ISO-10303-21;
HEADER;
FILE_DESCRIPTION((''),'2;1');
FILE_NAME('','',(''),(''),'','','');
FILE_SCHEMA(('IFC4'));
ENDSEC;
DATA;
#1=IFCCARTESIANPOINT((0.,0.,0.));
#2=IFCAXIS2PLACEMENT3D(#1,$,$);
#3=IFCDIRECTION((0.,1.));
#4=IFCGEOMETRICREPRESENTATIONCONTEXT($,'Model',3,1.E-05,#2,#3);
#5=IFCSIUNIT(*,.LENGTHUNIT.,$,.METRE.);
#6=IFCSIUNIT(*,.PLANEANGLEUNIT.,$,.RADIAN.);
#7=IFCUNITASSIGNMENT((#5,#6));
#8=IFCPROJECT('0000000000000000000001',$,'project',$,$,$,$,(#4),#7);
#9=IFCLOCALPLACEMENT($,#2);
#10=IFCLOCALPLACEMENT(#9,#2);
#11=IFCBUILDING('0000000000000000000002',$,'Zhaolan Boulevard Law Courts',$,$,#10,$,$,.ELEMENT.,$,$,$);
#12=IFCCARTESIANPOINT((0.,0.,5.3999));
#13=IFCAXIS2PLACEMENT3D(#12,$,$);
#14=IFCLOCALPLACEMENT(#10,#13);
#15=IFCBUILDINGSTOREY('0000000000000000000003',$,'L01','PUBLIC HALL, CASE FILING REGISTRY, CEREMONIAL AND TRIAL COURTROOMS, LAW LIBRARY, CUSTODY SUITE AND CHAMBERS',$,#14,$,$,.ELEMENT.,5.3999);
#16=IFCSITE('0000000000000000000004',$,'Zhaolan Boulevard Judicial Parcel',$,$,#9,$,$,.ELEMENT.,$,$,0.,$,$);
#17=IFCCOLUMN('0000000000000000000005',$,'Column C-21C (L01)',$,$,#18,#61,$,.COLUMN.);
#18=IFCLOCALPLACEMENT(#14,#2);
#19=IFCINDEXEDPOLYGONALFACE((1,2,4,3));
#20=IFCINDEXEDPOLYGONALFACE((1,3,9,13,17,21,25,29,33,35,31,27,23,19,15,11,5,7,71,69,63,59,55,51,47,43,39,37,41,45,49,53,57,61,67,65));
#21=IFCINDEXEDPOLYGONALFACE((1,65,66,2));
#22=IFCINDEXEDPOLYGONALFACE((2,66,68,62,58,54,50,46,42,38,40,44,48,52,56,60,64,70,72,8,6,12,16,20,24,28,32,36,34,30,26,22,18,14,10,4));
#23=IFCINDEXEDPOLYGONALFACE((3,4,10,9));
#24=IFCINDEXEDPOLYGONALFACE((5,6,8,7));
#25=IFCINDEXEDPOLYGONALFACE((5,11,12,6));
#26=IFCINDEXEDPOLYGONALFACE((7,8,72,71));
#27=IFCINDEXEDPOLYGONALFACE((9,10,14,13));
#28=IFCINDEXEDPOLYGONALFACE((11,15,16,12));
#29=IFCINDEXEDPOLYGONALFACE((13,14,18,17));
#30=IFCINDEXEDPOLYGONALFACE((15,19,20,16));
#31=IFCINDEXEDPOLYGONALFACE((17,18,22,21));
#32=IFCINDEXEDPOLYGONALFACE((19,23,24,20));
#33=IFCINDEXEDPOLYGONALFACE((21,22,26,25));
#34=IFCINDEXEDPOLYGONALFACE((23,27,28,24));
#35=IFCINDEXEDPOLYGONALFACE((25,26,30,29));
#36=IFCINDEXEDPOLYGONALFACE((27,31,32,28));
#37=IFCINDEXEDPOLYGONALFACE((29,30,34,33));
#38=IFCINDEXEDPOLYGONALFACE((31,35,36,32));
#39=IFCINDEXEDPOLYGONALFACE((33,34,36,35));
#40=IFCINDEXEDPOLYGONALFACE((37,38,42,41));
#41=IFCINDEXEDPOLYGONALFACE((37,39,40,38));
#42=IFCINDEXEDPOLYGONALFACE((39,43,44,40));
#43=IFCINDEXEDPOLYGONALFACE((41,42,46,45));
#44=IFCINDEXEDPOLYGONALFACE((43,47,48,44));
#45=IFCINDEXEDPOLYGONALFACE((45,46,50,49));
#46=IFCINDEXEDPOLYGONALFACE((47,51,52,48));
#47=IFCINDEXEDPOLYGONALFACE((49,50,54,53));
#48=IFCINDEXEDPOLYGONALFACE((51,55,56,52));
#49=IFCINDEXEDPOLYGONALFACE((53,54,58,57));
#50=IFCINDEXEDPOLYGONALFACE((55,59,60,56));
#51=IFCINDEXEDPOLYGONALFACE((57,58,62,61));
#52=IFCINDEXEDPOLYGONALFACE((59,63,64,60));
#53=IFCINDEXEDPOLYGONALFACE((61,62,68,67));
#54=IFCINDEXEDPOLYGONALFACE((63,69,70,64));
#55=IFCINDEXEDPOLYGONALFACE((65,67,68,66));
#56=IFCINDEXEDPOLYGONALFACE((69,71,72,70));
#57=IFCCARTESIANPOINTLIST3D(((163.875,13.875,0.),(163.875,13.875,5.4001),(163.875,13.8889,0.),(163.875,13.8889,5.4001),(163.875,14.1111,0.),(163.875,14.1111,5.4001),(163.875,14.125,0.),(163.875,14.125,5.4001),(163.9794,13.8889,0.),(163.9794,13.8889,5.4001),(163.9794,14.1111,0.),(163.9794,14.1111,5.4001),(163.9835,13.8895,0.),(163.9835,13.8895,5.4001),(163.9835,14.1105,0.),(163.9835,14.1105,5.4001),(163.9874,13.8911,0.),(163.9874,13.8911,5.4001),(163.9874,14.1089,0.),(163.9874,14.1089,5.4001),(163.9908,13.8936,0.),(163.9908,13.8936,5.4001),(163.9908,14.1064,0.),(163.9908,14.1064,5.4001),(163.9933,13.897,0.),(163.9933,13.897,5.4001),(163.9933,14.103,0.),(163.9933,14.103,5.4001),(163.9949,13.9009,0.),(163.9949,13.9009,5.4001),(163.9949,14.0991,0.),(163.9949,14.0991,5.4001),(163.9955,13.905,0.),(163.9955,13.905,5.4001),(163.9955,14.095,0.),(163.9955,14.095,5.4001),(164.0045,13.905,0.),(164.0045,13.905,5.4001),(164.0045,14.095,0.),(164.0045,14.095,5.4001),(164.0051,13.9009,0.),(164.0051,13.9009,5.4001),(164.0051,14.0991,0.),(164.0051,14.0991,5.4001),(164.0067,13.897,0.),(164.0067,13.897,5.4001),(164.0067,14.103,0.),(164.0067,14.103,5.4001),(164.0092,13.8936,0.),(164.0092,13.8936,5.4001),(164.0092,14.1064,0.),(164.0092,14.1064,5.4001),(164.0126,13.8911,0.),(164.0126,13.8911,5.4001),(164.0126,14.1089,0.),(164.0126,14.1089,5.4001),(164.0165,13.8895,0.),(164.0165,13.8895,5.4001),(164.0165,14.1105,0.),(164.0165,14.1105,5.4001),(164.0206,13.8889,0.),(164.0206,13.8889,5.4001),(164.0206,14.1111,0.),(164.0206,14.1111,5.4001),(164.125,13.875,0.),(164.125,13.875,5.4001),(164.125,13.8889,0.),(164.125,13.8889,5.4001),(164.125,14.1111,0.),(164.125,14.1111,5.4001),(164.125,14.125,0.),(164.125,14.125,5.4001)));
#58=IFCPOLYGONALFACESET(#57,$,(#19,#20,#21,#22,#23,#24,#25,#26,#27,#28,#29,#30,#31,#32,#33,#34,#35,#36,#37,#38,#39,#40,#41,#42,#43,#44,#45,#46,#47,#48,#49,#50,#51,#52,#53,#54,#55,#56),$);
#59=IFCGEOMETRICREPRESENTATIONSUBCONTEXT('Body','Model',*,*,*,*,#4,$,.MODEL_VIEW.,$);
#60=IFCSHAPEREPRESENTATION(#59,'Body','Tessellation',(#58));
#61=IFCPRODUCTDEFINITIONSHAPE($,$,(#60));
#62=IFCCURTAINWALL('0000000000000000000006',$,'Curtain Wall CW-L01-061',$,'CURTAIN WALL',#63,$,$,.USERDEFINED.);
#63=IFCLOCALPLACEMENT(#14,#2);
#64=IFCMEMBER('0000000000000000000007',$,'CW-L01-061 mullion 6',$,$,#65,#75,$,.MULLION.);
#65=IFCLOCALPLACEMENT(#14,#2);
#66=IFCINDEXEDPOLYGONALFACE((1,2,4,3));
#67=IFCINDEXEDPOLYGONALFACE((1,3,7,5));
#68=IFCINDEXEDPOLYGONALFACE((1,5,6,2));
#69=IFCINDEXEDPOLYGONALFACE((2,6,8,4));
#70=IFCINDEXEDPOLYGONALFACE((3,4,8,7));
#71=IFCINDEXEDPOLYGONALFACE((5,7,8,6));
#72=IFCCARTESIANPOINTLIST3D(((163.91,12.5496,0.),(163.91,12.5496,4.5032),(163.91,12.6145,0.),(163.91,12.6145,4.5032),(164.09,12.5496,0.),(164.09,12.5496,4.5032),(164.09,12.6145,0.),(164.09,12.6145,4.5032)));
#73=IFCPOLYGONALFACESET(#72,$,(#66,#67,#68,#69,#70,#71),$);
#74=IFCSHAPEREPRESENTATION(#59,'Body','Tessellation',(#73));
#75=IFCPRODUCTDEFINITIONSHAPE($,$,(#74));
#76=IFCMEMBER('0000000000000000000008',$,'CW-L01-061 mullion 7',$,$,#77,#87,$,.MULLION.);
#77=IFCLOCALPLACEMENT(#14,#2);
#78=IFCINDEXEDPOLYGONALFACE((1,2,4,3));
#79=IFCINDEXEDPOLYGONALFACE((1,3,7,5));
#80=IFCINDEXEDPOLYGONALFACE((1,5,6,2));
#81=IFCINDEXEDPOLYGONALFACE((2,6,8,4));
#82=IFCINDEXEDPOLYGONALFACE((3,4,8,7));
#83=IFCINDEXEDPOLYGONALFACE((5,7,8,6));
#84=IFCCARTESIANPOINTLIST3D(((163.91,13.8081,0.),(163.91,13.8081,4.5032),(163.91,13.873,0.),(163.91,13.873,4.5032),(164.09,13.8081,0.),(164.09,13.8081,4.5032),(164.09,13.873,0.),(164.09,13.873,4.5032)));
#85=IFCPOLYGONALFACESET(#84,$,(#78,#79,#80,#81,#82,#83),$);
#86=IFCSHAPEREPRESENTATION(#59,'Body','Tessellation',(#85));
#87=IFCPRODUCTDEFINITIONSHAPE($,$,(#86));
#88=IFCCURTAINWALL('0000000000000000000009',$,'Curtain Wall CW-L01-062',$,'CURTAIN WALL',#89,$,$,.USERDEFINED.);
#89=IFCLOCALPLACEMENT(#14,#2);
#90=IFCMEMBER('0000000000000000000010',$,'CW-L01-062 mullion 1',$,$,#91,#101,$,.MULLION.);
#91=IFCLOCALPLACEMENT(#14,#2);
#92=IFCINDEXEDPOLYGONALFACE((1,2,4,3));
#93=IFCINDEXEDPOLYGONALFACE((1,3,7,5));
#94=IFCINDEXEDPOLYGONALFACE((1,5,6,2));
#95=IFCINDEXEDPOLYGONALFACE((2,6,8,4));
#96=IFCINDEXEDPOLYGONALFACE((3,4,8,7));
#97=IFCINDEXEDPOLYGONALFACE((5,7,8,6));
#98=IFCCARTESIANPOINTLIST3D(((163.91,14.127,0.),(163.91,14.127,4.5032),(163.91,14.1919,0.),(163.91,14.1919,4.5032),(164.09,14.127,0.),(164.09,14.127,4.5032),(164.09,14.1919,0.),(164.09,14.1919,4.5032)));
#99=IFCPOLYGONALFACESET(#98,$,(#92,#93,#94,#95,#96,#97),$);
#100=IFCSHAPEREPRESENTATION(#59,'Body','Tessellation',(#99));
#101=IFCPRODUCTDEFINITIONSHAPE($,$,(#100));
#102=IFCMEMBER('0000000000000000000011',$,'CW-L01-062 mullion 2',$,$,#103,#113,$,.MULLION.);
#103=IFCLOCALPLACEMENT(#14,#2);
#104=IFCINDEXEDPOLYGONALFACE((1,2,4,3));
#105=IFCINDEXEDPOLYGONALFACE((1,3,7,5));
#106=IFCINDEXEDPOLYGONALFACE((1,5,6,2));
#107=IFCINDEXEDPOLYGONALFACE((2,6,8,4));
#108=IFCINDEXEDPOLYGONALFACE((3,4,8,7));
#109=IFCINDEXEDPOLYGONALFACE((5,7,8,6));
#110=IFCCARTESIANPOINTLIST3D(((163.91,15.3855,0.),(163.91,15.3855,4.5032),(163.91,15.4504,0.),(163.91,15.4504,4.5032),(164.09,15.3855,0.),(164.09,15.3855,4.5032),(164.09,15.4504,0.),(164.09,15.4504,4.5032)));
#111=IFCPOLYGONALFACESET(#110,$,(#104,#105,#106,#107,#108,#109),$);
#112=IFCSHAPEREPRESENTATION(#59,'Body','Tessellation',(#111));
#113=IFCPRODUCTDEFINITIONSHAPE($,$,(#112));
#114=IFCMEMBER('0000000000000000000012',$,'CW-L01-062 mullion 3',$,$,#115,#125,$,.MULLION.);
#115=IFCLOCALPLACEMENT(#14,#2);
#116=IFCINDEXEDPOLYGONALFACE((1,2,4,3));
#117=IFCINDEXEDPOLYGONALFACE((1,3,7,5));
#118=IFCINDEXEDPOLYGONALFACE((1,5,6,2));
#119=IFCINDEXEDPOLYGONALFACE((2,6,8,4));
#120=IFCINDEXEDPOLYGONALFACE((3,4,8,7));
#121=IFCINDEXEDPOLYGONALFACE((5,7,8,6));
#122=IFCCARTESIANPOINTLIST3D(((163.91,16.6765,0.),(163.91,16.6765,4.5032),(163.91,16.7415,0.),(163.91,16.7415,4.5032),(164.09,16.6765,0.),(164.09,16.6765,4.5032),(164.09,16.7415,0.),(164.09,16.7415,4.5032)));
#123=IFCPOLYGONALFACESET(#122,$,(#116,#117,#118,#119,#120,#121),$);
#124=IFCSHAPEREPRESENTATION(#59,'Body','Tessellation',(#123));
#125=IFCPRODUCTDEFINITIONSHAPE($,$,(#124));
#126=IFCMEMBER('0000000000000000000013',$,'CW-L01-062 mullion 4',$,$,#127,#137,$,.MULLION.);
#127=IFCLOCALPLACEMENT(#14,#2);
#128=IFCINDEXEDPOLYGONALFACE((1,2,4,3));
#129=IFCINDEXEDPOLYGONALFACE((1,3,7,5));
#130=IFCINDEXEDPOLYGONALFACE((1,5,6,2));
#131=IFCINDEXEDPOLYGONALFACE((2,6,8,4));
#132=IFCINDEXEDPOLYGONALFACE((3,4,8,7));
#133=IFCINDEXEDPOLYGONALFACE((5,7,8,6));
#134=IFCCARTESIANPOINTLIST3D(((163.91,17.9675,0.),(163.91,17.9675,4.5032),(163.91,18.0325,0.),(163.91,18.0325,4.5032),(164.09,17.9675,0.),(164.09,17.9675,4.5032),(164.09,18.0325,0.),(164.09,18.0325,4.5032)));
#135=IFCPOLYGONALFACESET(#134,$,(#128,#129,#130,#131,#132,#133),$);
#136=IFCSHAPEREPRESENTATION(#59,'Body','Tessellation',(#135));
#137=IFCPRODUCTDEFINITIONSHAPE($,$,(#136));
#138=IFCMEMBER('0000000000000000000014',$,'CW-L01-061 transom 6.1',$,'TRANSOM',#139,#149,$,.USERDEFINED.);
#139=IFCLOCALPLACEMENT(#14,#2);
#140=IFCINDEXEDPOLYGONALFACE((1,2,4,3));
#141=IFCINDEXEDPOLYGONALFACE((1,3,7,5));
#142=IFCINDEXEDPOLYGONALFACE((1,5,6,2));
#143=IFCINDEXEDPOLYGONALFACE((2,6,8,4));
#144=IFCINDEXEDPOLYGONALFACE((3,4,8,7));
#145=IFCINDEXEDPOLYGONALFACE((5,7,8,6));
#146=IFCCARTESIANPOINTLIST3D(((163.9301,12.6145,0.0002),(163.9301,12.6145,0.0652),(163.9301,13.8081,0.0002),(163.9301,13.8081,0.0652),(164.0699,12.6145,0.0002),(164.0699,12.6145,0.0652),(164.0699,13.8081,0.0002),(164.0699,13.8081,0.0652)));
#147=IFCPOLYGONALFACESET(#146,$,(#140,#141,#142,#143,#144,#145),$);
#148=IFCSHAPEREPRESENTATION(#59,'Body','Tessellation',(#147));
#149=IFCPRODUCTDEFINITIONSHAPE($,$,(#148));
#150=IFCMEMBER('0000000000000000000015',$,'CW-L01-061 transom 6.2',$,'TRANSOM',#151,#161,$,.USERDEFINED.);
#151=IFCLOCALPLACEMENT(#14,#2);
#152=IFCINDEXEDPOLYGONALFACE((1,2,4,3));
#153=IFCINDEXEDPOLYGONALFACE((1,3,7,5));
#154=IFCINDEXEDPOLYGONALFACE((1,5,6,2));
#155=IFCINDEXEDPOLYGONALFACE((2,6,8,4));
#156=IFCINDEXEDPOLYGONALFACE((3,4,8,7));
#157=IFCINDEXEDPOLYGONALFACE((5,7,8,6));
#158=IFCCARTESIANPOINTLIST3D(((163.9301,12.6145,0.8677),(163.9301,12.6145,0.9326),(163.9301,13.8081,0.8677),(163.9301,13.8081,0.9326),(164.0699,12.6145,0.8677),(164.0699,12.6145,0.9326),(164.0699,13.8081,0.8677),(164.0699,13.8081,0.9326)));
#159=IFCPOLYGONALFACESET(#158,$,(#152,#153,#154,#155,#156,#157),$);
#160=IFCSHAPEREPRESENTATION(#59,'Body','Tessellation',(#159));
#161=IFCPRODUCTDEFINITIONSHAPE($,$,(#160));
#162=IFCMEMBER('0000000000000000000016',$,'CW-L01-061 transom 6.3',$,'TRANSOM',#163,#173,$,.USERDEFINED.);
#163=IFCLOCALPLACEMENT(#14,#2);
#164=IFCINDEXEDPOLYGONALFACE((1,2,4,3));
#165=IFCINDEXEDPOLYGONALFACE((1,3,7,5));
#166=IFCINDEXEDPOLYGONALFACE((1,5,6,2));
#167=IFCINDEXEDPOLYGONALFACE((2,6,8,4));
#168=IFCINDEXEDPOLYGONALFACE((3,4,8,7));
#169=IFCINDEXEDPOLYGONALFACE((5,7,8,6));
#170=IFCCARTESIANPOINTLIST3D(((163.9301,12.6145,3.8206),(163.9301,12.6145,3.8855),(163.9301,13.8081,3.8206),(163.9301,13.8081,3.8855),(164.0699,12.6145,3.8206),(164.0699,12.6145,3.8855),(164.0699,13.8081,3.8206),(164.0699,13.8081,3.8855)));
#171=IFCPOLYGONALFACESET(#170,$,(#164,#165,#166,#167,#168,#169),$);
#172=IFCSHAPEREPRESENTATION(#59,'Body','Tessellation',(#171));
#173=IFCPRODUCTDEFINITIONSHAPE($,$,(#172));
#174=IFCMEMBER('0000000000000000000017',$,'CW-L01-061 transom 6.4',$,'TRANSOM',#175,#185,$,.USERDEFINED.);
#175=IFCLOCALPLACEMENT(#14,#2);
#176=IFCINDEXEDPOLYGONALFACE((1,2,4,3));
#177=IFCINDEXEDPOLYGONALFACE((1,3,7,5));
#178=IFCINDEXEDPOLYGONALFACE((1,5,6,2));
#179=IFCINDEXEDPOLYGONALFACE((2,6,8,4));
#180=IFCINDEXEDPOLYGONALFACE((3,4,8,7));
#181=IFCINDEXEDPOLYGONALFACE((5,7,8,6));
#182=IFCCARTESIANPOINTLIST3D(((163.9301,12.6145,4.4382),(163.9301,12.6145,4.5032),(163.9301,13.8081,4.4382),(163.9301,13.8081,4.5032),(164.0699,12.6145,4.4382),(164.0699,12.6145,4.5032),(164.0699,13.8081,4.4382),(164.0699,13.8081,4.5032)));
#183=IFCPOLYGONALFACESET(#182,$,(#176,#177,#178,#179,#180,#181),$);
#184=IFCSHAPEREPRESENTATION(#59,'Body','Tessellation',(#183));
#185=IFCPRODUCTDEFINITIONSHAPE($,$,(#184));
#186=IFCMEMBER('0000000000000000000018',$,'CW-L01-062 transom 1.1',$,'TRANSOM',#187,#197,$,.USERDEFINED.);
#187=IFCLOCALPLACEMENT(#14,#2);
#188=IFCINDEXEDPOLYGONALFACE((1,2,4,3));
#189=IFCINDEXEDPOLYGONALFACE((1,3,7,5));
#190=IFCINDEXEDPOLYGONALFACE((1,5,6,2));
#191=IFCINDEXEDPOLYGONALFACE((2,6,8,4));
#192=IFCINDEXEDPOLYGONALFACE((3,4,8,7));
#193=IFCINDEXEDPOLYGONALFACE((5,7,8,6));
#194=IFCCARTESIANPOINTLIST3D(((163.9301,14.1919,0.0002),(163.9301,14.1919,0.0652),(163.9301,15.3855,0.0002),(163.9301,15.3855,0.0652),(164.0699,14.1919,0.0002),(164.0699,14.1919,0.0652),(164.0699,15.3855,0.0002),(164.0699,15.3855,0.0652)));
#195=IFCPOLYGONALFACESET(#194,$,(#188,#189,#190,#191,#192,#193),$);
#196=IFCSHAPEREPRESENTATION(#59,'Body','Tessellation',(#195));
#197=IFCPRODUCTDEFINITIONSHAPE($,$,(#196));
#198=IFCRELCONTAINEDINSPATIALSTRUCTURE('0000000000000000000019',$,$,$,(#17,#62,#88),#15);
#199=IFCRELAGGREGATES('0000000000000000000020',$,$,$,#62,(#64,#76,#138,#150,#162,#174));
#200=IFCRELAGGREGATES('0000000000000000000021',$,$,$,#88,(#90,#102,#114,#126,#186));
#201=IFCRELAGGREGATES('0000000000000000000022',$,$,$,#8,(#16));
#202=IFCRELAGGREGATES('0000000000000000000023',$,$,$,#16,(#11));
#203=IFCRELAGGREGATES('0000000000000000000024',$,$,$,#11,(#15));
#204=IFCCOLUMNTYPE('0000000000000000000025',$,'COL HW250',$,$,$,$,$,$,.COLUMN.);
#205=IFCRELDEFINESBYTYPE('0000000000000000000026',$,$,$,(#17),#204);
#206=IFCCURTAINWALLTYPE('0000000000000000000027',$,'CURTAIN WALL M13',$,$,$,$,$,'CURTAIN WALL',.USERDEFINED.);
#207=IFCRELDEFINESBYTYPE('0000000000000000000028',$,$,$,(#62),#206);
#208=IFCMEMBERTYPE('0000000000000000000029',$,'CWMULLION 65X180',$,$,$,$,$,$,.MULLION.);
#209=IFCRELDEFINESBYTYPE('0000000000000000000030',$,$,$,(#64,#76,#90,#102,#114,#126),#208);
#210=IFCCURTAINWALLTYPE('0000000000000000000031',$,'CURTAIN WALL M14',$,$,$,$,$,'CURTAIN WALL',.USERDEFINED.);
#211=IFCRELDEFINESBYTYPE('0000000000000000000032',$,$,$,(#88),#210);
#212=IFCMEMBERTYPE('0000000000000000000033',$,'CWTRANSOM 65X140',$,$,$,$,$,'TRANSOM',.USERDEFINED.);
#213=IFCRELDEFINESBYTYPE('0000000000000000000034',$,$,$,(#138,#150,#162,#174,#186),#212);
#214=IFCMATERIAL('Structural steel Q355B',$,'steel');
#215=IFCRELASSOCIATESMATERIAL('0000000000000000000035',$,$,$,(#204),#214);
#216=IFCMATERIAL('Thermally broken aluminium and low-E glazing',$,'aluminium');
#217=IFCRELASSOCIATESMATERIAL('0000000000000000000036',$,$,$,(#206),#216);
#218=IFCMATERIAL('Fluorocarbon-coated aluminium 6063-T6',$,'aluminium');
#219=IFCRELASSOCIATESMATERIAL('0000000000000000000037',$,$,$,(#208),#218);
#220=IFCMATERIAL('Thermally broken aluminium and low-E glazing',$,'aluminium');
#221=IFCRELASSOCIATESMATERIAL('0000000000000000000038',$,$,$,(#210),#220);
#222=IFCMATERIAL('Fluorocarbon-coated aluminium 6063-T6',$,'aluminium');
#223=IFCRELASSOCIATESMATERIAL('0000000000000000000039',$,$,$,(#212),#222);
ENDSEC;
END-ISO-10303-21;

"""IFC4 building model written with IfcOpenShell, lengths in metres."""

from ifc_helpers import new_model, si_unit, direction, frame, origin, origin_2d, place, context, subcontext, project, spatial, rectangle, i_section, extrude, material, material_profile, profile_set, type_object, element, aggregate, save


model = new_model("IFC4")

# Units and contexts
model_context = context("Model", 3, precision=1e-05, world=origin(), true_north=direction((0.0, 1.0)))
body_context = subcontext(model_context, "Body", "Model", "MODEL_VIEW")
ifc_project = project(units=[si_unit("LENGTHUNIT", "METRE"), si_unit("PLANEANGLEUNIT", "RADIAN")], contexts=[model_context])

# Site, building, storey
site_placement = place(None, origin())
site = spatial("IfcSite", under=ifc_project, at=site_placement, Name="Zhaolan Boulevard Judicial Parcel", CompositionType="ELEMENT", RefElevation=0.0)
building_placement = place(site_placement, origin())
building = spatial("IfcBuilding", under=site, at=building_placement, Name="Zhaolan Boulevard Law Courts", CompositionType="ELEMENT")
storey_placement = place(building_placement, frame((0.0, 0.0, 5.3999)))
storey = spatial("IfcBuildingStorey", under=building, at=storey_placement, Name="L01", Description="PUBLIC HALL, CASE FILING REGISTRY, CEREMONIAL AND TRIAL COURTROOMS, LAW LIBRARY, CUSTODY SUITE AND CHAMBERS", CompositionType="ELEMENT", Elevation=5.3999)

# Column
ifc_material_1 = material(Name="Structural steel Q355B", Category="steel")
ifc_material_profile_1 = material_profile(ifc_material_1, i_section(OverallWidth=0.25, OverallDepth=0.25, WebThickness=0.009, FlangeThickness=0.0139, FilletRadius=0.0161, at=origin_2d()), Name="HW250x250")
ifc_profile_set_1 = profile_set([ifc_material_profile_1], Name="Structural steel Q355B")
column_type = type_object("IfcColumnType", Name="COL HW250", PredefinedType="COLUMN", material=ifc_profile_set_1)
column_placement = place(storey_placement, frame((164.0, 14.0, 0.0), z_axis=(0.0, 0.0, 1.0), x_axis=(1.0, 0.0, 0.0)))
element("IfcColumn", 1, at=column_placement, inside=storey, type_object=column_type, Name="Column C-21C (L01)", PredefinedType="COLUMN", context=body_context, shape_type="SweptSolid", body=[
    extrude(i_section(OverallWidth=0.25, OverallDepth=0.25, WebThickness=0.009, FlangeThickness=0.0139, FilletRadius=0.0161, at=origin_2d()), origin(), (0.0, 0.0, 1.0), 5.4001),
])

# Curtain walls, members
ifc_material_2 = material(Name="Thermally broken aluminium and low-E glazing", Category="aluminium")
curtain_wall_type_1 = type_object("IfcCurtainWallType", Name="CURTAIN WALL M13", ElementType="CURTAIN WALL", PredefinedType="USERDEFINED", material=ifc_material_2)
curtain_wall_1_placement = place(storey_placement, origin())
curtain_wall_1 = element("IfcCurtainWall", 2, at=curtain_wall_1_placement, inside=storey, type_object=curtain_wall_type_1, Name="Curtain Wall CW-L01-061", ObjectType="CURTAIN WALL", PredefinedType="USERDEFINED")
ifc_material_3 = material(Name="Fluorocarbon-coated aluminium 6063-T6", Category="aluminium")
ifc_material_profile_2 = material_profile(ifc_material_3, rectangle(XDim=0.1799, YDim=0.0649, at=origin_2d()), Name="AL65x180")
ifc_profile_set_2 = profile_set([ifc_material_profile_2], Name="Fluorocarbon-coated aluminium 6063-T6")
member_type_1 = type_object("IfcMemberType", Name="CWMULLION 65X180", PredefinedType="MULLION", material=ifc_profile_set_2)
member_1_placement = place(storey_placement, frame((164.0, 12.582, 0.0), z_axis=(0.0, 0.0, 1.0), x_axis=(-1.0, 0.0, 0.0)))
member_1 = element("IfcMember", 3, at=member_1_placement, type_object=member_type_1, Name="CW-L01-061 mullion 6", PredefinedType="MULLION", context=body_context, shape_type="SweptSolid", body=[
    extrude(rectangle(XDim=0.1799, YDim=0.0649, at=origin_2d()), origin(), (0.0, 0.0, 1.0), 4.5032),
])
member_2_placement = place(storey_placement, frame((164.0, 13.8406, 0.0), z_axis=(0.0, 0.0, 1.0), x_axis=(-1.0, 0.0, 0.0)))
member_2 = element("IfcMember", 4, at=member_2_placement, type_object=member_type_1, Name="CW-L01-061 mullion 7", PredefinedType="MULLION", context=body_context, shape_type="SweptSolid", body=[
    extrude(rectangle(XDim=0.1799, YDim=0.0649, at=origin_2d()), origin(), (0.0, 0.0, 1.0), 4.5032),
])
ifc_material_4 = material(Name="Thermally broken aluminium and low-E glazing", Category="aluminium")
curtain_wall_type_2 = type_object("IfcCurtainWallType", Name="CURTAIN WALL M14", ElementType="CURTAIN WALL", PredefinedType="USERDEFINED", material=ifc_material_4)
curtain_wall_2_placement = place(storey_placement, origin())
curtain_wall_2 = element("IfcCurtainWall", 5, at=curtain_wall_2_placement, inside=storey, type_object=curtain_wall_type_2, Name="Curtain Wall CW-L01-062", ObjectType="CURTAIN WALL", PredefinedType="USERDEFINED")
member_3_placement = place(storey_placement, frame((164.0, 14.1594, 0.0), z_axis=(0.0, 0.0, 1.0), x_axis=(-1.0, 0.0, 0.0)))
member_3 = element("IfcMember", 6, at=member_3_placement, type_object=member_type_1, Name="CW-L01-062 mullion 1", PredefinedType="MULLION", context=body_context, shape_type="SweptSolid", body=[
    extrude(rectangle(XDim=0.1799, YDim=0.0649, at=origin_2d()), origin(), (0.0, 0.0, 1.0), 4.5032),
])
member_4_placement = place(storey_placement, frame((164.0, 15.418, 0.0), z_axis=(0.0, 0.0, 1.0), x_axis=(-1.0, 0.0, 0.0)))
member_4 = element("IfcMember", 7, at=member_4_placement, type_object=member_type_1, Name="CW-L01-062 mullion 2", PredefinedType="MULLION", context=body_context, shape_type="SweptSolid", body=[
    extrude(rectangle(XDim=0.1799, YDim=0.0649, at=origin_2d()), origin(), (0.0, 0.0, 1.0), 4.5032),
])
member_5_placement = place(storey_placement, frame((164.0, 16.709, 0.0), z_axis=(0.0, 0.0, 1.0), x_axis=(-1.0, 0.0, 0.0)))
member_5 = element("IfcMember", 8, at=member_5_placement, type_object=member_type_1, Name="CW-L01-062 mullion 3", PredefinedType="MULLION", context=body_context, shape_type="SweptSolid", body=[
    extrude(rectangle(XDim=0.1799, YDim=0.0649, at=origin_2d()), origin(), (0.0, 0.0, 1.0), 4.5032),
])
member_6_placement = place(storey_placement, frame((164.0, 18.0, 0.0), z_axis=(0.0, 0.0, 1.0), x_axis=(-1.0, 0.0, 0.0)))
member_6 = element("IfcMember", 9, at=member_6_placement, type_object=member_type_1, Name="CW-L01-062 mullion 4", PredefinedType="MULLION", context=body_context, shape_type="SweptSolid", body=[
    extrude(rectangle(XDim=0.1799, YDim=0.0649, at=origin_2d()), origin(), (0.0, 0.0, 1.0), 4.5032),
])

# Members
ifc_material_5 = material(Name="Fluorocarbon-coated aluminium 6063-T6", Category="aluminium")
ifc_material_profile_3 = material_profile(ifc_material_5, rectangle(XDim=0.1399, YDim=0.0649, at=origin_2d()), Name="AL65x140")
ifc_profile_set_3 = profile_set([ifc_material_profile_3], Name="Fluorocarbon-coated aluminium 6063-T6")
member_type_2 = type_object("IfcMemberType", Name="CWTRANSOM 65X140", ElementType="TRANSOM", PredefinedType="USERDEFINED", material=ifc_profile_set_3)
member_7_placement = place(storey_placement, frame((164.0, 12.6145, 0.0327), z_axis=(0.0, 1.0, 0.0), x_axis=(-1.0, 0.0, 0.0)))
member_7 = element("IfcMember", 10, at=member_7_placement, type_object=member_type_2, Name="CW-L01-061 transom 6.1", ObjectType="TRANSOM", PredefinedType="USERDEFINED", context=body_context, shape_type="SweptSolid", body=[
    extrude(rectangle(XDim=0.1399, YDim=0.0649, at=origin_2d()), origin(), (0.0, 0.0, 1.0), 1.1936),
])
member_8_placement = place(storey_placement, frame((164.0, 12.6145, 0.9001), z_axis=(0.0, 1.0, 0.0), x_axis=(-1.0, 0.0, 0.0)))
member_8 = element("IfcMember", 11, at=member_8_placement, type_object=member_type_2, Name="CW-L01-061 transom 6.2", ObjectType="TRANSOM", PredefinedType="USERDEFINED", context=body_context, shape_type="SweptSolid", body=[
    extrude(rectangle(XDim=0.1399, YDim=0.0649, at=origin_2d()), origin(), (0.0, 0.0, 1.0), 1.1936),
])
member_9_placement = place(storey_placement, frame((164.0, 12.6145, 3.853), z_axis=(0.0, 1.0, 0.0), x_axis=(-1.0, 0.0, 0.0)))
member_9 = element("IfcMember", 12, at=member_9_placement, type_object=member_type_2, Name="CW-L01-061 transom 6.3", ObjectType="TRANSOM", PredefinedType="USERDEFINED", context=body_context, shape_type="SweptSolid", body=[
    extrude(rectangle(XDim=0.1399, YDim=0.0649, at=origin_2d()), origin(), (0.0, 0.0, 1.0), 1.1936),
])
member_10_placement = place(storey_placement, frame((164.0, 12.6145, 4.4707), z_axis=(0.0, 1.0, 0.0), x_axis=(-1.0, 0.0, 0.0)))
member_10 = element("IfcMember", 13, at=member_10_placement, type_object=member_type_2, Name="CW-L01-061 transom 6.4", ObjectType="TRANSOM", PredefinedType="USERDEFINED", context=body_context, shape_type="SweptSolid", body=[
    extrude(rectangle(XDim=0.1399, YDim=0.0649, at=origin_2d()), origin(), (0.0, 0.0, 1.0), 1.1936),
])
member_11_placement = place(storey_placement, frame((164.0, 14.1919, 0.0327), z_axis=(0.0, 1.0, 0.0), x_axis=(-1.0, 0.0, 0.0)))
member_11 = element("IfcMember", 14, at=member_11_placement, type_object=member_type_2, Name="CW-L01-062 transom 1.1", ObjectType="TRANSOM", PredefinedType="USERDEFINED", context=body_context, shape_type="SweptSolid", body=[
    extrude(rectangle(XDim=0.1399, YDim=0.0649, at=origin_2d()), origin(), (0.0, 0.0, 1.0), 1.1936),
])

aggregate(curtain_wall_1, [member_1, member_2, member_7, member_8, member_9, member_10])
aggregate(curtain_wall_2, [member_3, member_4, member_5, member_6, member_11])

save(model, "model.ifc")
